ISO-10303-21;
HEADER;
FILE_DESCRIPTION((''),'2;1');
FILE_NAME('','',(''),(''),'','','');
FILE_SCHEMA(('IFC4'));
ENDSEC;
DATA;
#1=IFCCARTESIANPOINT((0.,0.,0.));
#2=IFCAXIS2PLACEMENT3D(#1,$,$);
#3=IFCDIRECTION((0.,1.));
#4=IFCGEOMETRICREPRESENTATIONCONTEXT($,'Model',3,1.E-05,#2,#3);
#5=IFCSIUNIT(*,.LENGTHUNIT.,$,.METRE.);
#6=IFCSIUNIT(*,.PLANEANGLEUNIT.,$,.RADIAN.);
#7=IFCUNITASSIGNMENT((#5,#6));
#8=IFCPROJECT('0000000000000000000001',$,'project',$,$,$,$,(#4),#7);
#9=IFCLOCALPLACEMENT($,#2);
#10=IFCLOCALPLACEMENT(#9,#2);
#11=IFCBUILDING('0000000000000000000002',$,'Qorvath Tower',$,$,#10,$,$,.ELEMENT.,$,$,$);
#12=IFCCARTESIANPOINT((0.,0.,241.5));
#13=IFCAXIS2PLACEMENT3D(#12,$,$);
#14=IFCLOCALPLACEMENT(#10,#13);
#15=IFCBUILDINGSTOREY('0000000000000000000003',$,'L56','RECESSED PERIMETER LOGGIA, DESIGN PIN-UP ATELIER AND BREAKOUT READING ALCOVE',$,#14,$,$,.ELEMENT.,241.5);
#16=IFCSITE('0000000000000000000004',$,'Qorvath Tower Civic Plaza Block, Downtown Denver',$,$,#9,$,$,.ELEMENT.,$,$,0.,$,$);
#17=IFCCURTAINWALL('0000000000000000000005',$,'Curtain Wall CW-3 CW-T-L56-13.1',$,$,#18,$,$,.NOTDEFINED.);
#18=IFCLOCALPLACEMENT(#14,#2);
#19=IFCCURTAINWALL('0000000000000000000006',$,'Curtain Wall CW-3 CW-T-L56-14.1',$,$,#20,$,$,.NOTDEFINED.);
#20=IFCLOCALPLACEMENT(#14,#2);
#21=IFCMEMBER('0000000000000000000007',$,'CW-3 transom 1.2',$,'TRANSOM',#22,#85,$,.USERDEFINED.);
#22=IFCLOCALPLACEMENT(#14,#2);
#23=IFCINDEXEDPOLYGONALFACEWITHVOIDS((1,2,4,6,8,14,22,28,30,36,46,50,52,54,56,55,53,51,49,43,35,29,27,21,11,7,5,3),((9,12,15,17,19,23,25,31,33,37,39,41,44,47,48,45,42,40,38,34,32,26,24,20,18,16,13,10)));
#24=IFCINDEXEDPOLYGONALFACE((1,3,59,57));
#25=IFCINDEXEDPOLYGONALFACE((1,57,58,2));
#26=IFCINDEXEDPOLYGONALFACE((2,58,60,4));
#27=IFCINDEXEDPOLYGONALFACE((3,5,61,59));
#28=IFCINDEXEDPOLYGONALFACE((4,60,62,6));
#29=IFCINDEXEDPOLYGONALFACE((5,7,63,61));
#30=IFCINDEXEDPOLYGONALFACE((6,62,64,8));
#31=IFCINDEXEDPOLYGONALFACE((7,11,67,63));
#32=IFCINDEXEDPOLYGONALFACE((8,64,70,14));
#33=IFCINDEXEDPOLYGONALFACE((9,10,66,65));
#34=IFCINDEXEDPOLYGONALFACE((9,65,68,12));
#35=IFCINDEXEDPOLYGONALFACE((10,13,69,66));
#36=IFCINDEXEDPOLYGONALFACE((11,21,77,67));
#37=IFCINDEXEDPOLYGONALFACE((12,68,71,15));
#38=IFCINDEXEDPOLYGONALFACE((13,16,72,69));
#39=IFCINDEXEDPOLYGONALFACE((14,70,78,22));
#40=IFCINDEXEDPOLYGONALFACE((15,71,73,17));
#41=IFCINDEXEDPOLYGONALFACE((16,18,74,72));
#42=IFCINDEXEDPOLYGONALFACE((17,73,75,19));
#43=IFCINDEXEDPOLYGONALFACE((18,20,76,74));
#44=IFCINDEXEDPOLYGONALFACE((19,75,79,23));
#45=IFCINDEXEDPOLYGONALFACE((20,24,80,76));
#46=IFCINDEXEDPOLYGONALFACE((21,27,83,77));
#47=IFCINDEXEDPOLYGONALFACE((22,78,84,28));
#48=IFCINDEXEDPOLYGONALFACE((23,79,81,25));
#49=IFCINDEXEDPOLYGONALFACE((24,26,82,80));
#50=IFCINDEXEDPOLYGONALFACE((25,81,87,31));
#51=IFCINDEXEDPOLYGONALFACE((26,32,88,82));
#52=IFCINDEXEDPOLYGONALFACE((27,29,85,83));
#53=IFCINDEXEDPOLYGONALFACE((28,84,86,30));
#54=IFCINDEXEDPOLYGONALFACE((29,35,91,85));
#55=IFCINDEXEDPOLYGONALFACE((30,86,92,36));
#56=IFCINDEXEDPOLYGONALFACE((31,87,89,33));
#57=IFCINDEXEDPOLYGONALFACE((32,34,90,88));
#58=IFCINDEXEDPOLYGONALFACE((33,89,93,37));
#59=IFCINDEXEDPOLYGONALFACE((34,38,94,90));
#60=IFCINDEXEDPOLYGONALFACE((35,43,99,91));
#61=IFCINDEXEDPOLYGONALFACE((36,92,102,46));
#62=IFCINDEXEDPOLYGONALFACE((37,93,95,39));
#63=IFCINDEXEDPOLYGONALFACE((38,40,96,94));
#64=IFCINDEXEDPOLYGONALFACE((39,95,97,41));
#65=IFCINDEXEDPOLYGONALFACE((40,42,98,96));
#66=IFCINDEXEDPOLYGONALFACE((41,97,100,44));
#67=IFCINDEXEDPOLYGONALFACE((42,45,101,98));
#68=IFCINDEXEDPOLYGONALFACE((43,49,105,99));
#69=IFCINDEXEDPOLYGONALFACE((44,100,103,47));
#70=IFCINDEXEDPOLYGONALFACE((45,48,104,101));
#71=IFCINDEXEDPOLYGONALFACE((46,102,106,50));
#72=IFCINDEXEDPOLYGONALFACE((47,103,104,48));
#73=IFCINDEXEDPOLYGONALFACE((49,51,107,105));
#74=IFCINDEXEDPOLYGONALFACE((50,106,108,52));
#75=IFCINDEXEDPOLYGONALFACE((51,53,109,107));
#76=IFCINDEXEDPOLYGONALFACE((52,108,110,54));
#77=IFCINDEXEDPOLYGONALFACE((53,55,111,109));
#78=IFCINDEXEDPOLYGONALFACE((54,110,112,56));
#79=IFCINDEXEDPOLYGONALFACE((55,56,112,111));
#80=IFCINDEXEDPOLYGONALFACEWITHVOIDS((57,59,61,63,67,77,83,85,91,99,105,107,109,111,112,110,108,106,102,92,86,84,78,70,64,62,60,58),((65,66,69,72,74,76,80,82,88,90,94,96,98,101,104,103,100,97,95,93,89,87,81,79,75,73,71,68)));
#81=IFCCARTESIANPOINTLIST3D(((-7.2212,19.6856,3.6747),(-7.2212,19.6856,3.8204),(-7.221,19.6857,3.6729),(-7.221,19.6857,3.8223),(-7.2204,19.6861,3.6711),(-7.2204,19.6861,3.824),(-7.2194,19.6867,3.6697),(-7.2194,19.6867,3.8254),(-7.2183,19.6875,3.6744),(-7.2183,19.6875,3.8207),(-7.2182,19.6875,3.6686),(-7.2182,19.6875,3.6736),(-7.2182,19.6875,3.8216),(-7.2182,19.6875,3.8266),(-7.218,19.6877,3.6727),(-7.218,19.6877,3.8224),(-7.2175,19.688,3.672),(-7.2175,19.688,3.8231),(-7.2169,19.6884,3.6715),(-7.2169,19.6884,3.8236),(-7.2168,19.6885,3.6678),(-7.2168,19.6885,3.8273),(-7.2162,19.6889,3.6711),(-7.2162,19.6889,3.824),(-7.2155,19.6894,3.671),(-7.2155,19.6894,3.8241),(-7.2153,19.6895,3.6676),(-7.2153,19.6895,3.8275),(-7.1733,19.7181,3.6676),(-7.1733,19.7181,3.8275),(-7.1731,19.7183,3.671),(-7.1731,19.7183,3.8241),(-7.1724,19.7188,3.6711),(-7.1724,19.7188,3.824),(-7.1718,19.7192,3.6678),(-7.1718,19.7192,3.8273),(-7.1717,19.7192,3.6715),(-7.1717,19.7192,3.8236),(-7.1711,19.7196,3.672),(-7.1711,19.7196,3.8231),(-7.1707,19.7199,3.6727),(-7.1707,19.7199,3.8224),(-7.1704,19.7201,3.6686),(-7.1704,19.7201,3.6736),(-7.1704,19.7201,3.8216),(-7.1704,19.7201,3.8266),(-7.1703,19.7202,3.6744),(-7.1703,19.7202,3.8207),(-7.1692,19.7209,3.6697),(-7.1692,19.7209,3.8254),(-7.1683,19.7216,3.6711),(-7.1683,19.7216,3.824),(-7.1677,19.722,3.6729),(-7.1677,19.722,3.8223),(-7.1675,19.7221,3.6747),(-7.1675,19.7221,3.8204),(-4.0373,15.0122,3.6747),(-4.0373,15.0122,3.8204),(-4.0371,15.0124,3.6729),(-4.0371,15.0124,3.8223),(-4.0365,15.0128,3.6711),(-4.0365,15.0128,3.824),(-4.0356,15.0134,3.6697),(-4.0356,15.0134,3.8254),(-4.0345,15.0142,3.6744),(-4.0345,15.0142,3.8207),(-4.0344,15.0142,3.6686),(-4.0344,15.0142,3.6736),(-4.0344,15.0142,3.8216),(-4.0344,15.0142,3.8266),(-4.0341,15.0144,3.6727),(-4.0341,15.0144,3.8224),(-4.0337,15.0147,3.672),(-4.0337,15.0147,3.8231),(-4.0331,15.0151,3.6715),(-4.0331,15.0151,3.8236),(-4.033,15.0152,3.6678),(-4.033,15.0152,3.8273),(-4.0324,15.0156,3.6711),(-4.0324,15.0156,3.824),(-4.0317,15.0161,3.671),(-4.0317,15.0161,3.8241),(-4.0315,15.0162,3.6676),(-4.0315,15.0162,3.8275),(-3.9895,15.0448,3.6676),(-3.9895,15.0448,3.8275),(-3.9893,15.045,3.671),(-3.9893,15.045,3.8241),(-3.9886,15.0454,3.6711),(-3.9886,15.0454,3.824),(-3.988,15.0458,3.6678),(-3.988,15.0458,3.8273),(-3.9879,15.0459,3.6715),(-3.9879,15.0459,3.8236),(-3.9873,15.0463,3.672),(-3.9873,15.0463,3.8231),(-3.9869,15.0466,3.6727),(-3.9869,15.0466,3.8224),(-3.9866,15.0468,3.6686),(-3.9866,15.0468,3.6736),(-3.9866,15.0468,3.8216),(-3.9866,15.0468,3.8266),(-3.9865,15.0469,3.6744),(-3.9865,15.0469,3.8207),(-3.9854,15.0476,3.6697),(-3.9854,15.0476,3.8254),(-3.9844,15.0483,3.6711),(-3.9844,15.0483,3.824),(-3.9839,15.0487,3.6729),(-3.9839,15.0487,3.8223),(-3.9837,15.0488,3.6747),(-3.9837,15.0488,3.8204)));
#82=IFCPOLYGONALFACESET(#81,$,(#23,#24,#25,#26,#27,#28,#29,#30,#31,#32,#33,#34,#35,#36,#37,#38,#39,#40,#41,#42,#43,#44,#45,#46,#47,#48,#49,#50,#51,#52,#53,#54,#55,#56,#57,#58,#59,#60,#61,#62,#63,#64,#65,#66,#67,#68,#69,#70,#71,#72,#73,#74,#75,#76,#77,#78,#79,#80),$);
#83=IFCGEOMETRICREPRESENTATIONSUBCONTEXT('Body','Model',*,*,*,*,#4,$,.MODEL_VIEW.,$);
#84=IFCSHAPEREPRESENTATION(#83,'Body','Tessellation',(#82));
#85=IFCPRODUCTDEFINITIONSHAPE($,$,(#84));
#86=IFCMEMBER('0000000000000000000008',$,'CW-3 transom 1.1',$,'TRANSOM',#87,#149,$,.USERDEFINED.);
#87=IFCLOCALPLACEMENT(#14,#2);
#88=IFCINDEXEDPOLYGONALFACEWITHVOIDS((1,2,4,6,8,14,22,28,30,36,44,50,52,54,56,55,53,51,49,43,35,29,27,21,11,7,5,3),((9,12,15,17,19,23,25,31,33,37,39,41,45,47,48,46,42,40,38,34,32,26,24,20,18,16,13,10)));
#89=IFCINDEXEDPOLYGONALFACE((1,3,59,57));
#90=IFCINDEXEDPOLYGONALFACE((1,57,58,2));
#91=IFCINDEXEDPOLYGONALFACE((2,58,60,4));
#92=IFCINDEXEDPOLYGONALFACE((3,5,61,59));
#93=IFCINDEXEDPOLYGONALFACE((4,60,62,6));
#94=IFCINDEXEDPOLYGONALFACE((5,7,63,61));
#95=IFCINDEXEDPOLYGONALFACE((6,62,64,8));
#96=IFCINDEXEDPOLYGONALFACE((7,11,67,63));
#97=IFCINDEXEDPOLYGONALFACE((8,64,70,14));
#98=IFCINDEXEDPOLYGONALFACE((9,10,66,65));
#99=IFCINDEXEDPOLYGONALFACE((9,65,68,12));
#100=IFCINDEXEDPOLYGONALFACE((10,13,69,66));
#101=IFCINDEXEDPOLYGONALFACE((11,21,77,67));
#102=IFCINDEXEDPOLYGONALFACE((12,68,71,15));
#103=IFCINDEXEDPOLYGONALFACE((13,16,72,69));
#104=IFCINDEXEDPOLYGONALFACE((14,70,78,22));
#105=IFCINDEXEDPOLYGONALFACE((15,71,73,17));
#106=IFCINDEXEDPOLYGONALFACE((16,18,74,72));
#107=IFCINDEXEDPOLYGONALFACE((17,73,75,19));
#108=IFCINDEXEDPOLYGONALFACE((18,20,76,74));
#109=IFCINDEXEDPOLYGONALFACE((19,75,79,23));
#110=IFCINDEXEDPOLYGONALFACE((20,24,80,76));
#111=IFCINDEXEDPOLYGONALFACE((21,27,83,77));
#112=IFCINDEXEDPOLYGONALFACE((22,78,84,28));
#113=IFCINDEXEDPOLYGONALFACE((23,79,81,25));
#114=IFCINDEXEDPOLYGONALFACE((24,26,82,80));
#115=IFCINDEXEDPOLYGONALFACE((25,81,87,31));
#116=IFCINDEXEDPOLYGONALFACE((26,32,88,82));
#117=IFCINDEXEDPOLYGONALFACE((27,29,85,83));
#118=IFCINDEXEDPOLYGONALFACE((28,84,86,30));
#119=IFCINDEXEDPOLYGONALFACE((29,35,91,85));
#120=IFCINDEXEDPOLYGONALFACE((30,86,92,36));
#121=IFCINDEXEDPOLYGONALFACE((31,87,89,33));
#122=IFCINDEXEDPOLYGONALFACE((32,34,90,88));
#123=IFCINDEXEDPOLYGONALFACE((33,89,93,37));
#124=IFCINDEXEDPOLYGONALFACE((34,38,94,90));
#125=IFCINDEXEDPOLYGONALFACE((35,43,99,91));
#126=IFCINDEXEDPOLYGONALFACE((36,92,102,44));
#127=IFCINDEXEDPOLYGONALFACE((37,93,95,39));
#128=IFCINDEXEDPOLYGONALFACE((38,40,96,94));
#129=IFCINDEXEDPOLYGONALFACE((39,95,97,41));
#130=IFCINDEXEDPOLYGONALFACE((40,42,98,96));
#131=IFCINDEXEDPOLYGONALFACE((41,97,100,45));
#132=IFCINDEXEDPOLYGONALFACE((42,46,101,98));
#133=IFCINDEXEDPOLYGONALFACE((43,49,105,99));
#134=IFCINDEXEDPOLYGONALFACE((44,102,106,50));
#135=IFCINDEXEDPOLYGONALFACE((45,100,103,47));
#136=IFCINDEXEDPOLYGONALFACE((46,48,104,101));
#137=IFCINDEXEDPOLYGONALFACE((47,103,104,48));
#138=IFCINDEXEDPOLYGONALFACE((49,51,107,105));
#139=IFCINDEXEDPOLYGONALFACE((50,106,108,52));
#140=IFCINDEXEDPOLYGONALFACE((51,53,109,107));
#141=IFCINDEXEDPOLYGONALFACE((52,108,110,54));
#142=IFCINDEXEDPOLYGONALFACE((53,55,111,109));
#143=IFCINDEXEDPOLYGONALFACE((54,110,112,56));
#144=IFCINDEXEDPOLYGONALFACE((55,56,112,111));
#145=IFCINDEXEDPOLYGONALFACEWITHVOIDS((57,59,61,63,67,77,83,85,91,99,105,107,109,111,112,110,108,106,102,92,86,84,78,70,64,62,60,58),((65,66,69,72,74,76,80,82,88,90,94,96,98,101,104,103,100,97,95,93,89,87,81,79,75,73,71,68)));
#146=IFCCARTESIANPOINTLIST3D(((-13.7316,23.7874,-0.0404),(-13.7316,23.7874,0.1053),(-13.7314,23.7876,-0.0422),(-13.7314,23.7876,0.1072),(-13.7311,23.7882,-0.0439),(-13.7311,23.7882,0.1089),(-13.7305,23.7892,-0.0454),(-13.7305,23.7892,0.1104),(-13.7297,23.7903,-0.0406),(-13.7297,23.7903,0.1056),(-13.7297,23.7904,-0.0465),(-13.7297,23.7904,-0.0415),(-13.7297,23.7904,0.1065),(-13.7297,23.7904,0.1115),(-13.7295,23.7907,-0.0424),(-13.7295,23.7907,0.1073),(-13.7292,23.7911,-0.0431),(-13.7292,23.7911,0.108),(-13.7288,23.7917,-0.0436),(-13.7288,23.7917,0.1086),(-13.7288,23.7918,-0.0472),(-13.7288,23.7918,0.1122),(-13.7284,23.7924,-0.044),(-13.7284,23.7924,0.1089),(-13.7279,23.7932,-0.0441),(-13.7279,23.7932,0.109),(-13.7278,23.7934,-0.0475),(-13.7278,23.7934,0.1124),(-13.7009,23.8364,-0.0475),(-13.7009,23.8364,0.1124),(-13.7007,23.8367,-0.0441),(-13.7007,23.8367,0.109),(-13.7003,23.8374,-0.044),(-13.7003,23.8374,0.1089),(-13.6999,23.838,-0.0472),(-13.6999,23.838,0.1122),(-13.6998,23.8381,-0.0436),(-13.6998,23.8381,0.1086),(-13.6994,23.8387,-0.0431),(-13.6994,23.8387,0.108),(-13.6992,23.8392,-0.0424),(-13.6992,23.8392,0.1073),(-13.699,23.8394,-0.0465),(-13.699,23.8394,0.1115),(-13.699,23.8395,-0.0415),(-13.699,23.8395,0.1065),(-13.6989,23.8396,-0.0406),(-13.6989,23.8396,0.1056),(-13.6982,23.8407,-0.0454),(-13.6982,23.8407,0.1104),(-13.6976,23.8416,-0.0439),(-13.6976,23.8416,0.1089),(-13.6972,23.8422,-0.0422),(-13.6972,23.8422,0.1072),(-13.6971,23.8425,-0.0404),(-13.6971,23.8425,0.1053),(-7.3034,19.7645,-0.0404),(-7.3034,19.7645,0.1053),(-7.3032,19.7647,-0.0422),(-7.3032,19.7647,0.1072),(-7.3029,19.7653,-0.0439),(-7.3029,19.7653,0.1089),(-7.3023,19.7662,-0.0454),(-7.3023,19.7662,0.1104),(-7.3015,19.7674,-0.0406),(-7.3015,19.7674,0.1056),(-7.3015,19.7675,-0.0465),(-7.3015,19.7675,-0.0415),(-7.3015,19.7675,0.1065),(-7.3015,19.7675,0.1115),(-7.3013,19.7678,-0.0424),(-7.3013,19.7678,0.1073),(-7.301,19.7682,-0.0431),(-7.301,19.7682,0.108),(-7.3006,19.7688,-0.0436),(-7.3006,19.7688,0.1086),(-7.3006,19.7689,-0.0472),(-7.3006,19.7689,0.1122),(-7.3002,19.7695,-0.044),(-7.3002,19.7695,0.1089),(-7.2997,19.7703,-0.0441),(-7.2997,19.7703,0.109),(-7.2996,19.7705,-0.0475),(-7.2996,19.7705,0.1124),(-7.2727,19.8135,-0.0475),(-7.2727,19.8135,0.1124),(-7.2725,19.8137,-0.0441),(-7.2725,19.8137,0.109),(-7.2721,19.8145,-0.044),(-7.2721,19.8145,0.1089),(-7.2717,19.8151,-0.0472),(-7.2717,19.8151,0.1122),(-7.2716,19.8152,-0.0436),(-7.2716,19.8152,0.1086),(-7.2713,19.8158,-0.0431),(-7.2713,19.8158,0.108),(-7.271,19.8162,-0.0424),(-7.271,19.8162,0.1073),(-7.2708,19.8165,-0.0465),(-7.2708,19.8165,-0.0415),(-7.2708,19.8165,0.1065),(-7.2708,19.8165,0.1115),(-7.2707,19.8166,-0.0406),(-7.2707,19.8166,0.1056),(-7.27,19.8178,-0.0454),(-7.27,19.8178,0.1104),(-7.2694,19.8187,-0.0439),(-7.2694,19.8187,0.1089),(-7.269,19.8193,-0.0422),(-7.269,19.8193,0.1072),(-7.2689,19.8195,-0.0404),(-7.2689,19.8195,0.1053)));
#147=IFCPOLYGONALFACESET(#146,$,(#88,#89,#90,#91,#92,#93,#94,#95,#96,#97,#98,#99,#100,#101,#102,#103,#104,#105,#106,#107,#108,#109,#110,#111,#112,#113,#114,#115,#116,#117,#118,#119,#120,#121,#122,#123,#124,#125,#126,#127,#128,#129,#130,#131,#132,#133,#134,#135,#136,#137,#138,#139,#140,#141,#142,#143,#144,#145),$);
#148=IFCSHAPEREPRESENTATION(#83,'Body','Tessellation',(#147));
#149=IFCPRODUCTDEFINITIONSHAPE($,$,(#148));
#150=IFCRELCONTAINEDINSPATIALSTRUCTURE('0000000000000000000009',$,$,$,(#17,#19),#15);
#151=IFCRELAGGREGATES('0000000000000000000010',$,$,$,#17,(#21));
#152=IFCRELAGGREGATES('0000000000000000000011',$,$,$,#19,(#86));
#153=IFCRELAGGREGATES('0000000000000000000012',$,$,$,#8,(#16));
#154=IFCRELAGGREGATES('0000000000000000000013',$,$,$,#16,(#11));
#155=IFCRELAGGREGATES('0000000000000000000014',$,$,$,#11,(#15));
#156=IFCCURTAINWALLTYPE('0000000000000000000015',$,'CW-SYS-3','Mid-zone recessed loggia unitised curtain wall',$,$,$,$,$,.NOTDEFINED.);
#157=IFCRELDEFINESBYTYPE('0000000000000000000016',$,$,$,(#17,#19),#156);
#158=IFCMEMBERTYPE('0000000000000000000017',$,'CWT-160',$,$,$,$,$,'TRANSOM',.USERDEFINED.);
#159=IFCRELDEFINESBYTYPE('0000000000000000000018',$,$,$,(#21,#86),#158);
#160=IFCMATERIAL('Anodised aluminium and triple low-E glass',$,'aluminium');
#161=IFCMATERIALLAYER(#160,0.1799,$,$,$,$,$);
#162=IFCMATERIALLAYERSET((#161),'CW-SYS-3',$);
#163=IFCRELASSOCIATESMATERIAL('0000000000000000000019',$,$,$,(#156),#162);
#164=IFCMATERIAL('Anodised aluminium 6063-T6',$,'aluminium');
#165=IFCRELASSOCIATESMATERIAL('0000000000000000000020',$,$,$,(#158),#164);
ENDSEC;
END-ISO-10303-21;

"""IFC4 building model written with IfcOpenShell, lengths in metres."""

from ifc_helpers import new_model, si_unit, direction, frame, origin, origin_2d, place, context, subcontext, project, spatial, hollow_rectangle, extrude, material, layer, layer_set, material_profile, profile_set, type_object, element, aggregate, save


model = new_model("IFC4")

# Units and contexts
model_context = context("Model", 3, precision=1e-05, world=origin(), true_north=direction((0.0, 1.0)))
body_context = subcontext(model_context, "Body", "Model", "MODEL_VIEW")
ifc_project = project(units=[si_unit("LENGTHUNIT", "METRE"), si_unit("PLANEANGLEUNIT", "RADIAN")], contexts=[model_context])

# Site, building, storey
site_placement = place(None, origin())
site = spatial("IfcSite", under=ifc_project, at=site_placement, Name="Qorvath Tower Civic Plaza Block, Downtown Denver", CompositionType="ELEMENT", RefElevation=0.0)
building_placement = place(site_placement, origin())
building = spatial("IfcBuilding", under=site, at=building_placement, Name="Qorvath Tower", CompositionType="ELEMENT")
storey_placement = place(building_placement, frame((0.0, 0.0, 241.5)))
storey = spatial("IfcBuildingStorey", under=building, at=storey_placement, Name="L56", Description="RECESSED PERIMETER LOGGIA, DESIGN PIN-UP ATELIER AND BREAKOUT READING ALCOVE", CompositionType="ELEMENT", Elevation=241.5)

# Shared definitions
ifc_material_1 = material(Name="Anodised aluminium and triple low-E glass", Category="aluminium")
ifc_layer_1 = layer(ifc_material_1, 0.1799)
ifc_layer_set_1 = layer_set([ifc_layer_1], Name="CW-SYS-3")
curtain_wall_type = type_object("IfcCurtainWallType", Name="CW-SYS-3", Description="Mid-zone recessed loggia unitised curtain wall", PredefinedType="NOTDEFINED", material=ifc_layer_set_1)

# Curtain walls
curtain_wall_1_placement = place(storey_placement, origin())
curtain_wall_1 = element("IfcCurtainWall", 1, at=curtain_wall_1_placement, inside=storey, type_object=curtain_wall_type, Name="Curtain Wall CW-3 CW-T-L56-13.1", PredefinedType="NOTDEFINED")
curtain_wall_2_placement = place(storey_placement, origin())
curtain_wall_2 = element("IfcCurtainWall", 2, at=curtain_wall_2_placement, inside=storey, type_object=curtain_wall_type, Name="Curtain Wall CW-3 CW-T-L56-14.1", PredefinedType="NOTDEFINED")

# Members
ifc_material_2 = material(Name="Anodised aluminium 6063-T6", Category="aluminium")
ifc_material_profile_1 = material_profile(ifc_material_2, hollow_rectangle(XDim=0.0649, YDim=0.1599, WallThickness=0.0034, InnerFilletRadius=0.0034, OuterFilletRadius=0.0071, at=origin_2d()), Name="CWT 160x65")
ifc_profile_set_1 = profile_set([ifc_material_profile_1], Name="Anodised aluminium 6063-T6")
member_type_1 = type_object("IfcMemberType", Name="CWT-160", ElementType="TRANSOM", PredefinedType="USERDEFINED", material=ifc_profile_set_1)
member_1_placement = place(storey_placement, frame((-4.0105, 15.0305, 3.7476), z_axis=(-0.563031, 0.826436, 0.0), x_axis=(-0.826436, -0.563031, 0.0)))
member_1 = element("IfcMember", 3, at=member_1_placement, type_object=member_type_1, Name="CW-3 transom 1.2", ObjectType="TRANSOM", PredefinedType="USERDEFINED", context=body_context, shape_type="SweptSolid", body=[
    extrude(hollow_rectangle(XDim=0.0649, YDim=0.1599, WallThickness=0.0034, InnerFilletRadius=0.0034, OuterFilletRadius=0.0071, at=origin_2d()), origin(), (0.0, 0.0, 1.0), 5.6548),
])
member_2_placement = place(storey_placement, frame((-7.2861, 19.792, 0.0325), z_axis=(-0.847683, 0.530502, 0.0), x_axis=(-0.530502, -0.847683, 0.0)))
member_2 = element("IfcMember", 4, at=member_2_placement, type_object=member_type_1, Name="CW-3 transom 1.1", ObjectType="TRANSOM", PredefinedType="USERDEFINED", context=body_context, shape_type="SweptSolid", body=[
    extrude(hollow_rectangle(XDim=0.0649, YDim=0.1599, WallThickness=0.0034, InnerFilletRadius=0.0034, OuterFilletRadius=0.0071, at=origin_2d()), origin(), (0.0, 0.0, 1.0), 7.5833),
])

aggregate(curtain_wall_1, [member_1])
aggregate(curtain_wall_2, [member_2])

save(model, "model.ifc")
